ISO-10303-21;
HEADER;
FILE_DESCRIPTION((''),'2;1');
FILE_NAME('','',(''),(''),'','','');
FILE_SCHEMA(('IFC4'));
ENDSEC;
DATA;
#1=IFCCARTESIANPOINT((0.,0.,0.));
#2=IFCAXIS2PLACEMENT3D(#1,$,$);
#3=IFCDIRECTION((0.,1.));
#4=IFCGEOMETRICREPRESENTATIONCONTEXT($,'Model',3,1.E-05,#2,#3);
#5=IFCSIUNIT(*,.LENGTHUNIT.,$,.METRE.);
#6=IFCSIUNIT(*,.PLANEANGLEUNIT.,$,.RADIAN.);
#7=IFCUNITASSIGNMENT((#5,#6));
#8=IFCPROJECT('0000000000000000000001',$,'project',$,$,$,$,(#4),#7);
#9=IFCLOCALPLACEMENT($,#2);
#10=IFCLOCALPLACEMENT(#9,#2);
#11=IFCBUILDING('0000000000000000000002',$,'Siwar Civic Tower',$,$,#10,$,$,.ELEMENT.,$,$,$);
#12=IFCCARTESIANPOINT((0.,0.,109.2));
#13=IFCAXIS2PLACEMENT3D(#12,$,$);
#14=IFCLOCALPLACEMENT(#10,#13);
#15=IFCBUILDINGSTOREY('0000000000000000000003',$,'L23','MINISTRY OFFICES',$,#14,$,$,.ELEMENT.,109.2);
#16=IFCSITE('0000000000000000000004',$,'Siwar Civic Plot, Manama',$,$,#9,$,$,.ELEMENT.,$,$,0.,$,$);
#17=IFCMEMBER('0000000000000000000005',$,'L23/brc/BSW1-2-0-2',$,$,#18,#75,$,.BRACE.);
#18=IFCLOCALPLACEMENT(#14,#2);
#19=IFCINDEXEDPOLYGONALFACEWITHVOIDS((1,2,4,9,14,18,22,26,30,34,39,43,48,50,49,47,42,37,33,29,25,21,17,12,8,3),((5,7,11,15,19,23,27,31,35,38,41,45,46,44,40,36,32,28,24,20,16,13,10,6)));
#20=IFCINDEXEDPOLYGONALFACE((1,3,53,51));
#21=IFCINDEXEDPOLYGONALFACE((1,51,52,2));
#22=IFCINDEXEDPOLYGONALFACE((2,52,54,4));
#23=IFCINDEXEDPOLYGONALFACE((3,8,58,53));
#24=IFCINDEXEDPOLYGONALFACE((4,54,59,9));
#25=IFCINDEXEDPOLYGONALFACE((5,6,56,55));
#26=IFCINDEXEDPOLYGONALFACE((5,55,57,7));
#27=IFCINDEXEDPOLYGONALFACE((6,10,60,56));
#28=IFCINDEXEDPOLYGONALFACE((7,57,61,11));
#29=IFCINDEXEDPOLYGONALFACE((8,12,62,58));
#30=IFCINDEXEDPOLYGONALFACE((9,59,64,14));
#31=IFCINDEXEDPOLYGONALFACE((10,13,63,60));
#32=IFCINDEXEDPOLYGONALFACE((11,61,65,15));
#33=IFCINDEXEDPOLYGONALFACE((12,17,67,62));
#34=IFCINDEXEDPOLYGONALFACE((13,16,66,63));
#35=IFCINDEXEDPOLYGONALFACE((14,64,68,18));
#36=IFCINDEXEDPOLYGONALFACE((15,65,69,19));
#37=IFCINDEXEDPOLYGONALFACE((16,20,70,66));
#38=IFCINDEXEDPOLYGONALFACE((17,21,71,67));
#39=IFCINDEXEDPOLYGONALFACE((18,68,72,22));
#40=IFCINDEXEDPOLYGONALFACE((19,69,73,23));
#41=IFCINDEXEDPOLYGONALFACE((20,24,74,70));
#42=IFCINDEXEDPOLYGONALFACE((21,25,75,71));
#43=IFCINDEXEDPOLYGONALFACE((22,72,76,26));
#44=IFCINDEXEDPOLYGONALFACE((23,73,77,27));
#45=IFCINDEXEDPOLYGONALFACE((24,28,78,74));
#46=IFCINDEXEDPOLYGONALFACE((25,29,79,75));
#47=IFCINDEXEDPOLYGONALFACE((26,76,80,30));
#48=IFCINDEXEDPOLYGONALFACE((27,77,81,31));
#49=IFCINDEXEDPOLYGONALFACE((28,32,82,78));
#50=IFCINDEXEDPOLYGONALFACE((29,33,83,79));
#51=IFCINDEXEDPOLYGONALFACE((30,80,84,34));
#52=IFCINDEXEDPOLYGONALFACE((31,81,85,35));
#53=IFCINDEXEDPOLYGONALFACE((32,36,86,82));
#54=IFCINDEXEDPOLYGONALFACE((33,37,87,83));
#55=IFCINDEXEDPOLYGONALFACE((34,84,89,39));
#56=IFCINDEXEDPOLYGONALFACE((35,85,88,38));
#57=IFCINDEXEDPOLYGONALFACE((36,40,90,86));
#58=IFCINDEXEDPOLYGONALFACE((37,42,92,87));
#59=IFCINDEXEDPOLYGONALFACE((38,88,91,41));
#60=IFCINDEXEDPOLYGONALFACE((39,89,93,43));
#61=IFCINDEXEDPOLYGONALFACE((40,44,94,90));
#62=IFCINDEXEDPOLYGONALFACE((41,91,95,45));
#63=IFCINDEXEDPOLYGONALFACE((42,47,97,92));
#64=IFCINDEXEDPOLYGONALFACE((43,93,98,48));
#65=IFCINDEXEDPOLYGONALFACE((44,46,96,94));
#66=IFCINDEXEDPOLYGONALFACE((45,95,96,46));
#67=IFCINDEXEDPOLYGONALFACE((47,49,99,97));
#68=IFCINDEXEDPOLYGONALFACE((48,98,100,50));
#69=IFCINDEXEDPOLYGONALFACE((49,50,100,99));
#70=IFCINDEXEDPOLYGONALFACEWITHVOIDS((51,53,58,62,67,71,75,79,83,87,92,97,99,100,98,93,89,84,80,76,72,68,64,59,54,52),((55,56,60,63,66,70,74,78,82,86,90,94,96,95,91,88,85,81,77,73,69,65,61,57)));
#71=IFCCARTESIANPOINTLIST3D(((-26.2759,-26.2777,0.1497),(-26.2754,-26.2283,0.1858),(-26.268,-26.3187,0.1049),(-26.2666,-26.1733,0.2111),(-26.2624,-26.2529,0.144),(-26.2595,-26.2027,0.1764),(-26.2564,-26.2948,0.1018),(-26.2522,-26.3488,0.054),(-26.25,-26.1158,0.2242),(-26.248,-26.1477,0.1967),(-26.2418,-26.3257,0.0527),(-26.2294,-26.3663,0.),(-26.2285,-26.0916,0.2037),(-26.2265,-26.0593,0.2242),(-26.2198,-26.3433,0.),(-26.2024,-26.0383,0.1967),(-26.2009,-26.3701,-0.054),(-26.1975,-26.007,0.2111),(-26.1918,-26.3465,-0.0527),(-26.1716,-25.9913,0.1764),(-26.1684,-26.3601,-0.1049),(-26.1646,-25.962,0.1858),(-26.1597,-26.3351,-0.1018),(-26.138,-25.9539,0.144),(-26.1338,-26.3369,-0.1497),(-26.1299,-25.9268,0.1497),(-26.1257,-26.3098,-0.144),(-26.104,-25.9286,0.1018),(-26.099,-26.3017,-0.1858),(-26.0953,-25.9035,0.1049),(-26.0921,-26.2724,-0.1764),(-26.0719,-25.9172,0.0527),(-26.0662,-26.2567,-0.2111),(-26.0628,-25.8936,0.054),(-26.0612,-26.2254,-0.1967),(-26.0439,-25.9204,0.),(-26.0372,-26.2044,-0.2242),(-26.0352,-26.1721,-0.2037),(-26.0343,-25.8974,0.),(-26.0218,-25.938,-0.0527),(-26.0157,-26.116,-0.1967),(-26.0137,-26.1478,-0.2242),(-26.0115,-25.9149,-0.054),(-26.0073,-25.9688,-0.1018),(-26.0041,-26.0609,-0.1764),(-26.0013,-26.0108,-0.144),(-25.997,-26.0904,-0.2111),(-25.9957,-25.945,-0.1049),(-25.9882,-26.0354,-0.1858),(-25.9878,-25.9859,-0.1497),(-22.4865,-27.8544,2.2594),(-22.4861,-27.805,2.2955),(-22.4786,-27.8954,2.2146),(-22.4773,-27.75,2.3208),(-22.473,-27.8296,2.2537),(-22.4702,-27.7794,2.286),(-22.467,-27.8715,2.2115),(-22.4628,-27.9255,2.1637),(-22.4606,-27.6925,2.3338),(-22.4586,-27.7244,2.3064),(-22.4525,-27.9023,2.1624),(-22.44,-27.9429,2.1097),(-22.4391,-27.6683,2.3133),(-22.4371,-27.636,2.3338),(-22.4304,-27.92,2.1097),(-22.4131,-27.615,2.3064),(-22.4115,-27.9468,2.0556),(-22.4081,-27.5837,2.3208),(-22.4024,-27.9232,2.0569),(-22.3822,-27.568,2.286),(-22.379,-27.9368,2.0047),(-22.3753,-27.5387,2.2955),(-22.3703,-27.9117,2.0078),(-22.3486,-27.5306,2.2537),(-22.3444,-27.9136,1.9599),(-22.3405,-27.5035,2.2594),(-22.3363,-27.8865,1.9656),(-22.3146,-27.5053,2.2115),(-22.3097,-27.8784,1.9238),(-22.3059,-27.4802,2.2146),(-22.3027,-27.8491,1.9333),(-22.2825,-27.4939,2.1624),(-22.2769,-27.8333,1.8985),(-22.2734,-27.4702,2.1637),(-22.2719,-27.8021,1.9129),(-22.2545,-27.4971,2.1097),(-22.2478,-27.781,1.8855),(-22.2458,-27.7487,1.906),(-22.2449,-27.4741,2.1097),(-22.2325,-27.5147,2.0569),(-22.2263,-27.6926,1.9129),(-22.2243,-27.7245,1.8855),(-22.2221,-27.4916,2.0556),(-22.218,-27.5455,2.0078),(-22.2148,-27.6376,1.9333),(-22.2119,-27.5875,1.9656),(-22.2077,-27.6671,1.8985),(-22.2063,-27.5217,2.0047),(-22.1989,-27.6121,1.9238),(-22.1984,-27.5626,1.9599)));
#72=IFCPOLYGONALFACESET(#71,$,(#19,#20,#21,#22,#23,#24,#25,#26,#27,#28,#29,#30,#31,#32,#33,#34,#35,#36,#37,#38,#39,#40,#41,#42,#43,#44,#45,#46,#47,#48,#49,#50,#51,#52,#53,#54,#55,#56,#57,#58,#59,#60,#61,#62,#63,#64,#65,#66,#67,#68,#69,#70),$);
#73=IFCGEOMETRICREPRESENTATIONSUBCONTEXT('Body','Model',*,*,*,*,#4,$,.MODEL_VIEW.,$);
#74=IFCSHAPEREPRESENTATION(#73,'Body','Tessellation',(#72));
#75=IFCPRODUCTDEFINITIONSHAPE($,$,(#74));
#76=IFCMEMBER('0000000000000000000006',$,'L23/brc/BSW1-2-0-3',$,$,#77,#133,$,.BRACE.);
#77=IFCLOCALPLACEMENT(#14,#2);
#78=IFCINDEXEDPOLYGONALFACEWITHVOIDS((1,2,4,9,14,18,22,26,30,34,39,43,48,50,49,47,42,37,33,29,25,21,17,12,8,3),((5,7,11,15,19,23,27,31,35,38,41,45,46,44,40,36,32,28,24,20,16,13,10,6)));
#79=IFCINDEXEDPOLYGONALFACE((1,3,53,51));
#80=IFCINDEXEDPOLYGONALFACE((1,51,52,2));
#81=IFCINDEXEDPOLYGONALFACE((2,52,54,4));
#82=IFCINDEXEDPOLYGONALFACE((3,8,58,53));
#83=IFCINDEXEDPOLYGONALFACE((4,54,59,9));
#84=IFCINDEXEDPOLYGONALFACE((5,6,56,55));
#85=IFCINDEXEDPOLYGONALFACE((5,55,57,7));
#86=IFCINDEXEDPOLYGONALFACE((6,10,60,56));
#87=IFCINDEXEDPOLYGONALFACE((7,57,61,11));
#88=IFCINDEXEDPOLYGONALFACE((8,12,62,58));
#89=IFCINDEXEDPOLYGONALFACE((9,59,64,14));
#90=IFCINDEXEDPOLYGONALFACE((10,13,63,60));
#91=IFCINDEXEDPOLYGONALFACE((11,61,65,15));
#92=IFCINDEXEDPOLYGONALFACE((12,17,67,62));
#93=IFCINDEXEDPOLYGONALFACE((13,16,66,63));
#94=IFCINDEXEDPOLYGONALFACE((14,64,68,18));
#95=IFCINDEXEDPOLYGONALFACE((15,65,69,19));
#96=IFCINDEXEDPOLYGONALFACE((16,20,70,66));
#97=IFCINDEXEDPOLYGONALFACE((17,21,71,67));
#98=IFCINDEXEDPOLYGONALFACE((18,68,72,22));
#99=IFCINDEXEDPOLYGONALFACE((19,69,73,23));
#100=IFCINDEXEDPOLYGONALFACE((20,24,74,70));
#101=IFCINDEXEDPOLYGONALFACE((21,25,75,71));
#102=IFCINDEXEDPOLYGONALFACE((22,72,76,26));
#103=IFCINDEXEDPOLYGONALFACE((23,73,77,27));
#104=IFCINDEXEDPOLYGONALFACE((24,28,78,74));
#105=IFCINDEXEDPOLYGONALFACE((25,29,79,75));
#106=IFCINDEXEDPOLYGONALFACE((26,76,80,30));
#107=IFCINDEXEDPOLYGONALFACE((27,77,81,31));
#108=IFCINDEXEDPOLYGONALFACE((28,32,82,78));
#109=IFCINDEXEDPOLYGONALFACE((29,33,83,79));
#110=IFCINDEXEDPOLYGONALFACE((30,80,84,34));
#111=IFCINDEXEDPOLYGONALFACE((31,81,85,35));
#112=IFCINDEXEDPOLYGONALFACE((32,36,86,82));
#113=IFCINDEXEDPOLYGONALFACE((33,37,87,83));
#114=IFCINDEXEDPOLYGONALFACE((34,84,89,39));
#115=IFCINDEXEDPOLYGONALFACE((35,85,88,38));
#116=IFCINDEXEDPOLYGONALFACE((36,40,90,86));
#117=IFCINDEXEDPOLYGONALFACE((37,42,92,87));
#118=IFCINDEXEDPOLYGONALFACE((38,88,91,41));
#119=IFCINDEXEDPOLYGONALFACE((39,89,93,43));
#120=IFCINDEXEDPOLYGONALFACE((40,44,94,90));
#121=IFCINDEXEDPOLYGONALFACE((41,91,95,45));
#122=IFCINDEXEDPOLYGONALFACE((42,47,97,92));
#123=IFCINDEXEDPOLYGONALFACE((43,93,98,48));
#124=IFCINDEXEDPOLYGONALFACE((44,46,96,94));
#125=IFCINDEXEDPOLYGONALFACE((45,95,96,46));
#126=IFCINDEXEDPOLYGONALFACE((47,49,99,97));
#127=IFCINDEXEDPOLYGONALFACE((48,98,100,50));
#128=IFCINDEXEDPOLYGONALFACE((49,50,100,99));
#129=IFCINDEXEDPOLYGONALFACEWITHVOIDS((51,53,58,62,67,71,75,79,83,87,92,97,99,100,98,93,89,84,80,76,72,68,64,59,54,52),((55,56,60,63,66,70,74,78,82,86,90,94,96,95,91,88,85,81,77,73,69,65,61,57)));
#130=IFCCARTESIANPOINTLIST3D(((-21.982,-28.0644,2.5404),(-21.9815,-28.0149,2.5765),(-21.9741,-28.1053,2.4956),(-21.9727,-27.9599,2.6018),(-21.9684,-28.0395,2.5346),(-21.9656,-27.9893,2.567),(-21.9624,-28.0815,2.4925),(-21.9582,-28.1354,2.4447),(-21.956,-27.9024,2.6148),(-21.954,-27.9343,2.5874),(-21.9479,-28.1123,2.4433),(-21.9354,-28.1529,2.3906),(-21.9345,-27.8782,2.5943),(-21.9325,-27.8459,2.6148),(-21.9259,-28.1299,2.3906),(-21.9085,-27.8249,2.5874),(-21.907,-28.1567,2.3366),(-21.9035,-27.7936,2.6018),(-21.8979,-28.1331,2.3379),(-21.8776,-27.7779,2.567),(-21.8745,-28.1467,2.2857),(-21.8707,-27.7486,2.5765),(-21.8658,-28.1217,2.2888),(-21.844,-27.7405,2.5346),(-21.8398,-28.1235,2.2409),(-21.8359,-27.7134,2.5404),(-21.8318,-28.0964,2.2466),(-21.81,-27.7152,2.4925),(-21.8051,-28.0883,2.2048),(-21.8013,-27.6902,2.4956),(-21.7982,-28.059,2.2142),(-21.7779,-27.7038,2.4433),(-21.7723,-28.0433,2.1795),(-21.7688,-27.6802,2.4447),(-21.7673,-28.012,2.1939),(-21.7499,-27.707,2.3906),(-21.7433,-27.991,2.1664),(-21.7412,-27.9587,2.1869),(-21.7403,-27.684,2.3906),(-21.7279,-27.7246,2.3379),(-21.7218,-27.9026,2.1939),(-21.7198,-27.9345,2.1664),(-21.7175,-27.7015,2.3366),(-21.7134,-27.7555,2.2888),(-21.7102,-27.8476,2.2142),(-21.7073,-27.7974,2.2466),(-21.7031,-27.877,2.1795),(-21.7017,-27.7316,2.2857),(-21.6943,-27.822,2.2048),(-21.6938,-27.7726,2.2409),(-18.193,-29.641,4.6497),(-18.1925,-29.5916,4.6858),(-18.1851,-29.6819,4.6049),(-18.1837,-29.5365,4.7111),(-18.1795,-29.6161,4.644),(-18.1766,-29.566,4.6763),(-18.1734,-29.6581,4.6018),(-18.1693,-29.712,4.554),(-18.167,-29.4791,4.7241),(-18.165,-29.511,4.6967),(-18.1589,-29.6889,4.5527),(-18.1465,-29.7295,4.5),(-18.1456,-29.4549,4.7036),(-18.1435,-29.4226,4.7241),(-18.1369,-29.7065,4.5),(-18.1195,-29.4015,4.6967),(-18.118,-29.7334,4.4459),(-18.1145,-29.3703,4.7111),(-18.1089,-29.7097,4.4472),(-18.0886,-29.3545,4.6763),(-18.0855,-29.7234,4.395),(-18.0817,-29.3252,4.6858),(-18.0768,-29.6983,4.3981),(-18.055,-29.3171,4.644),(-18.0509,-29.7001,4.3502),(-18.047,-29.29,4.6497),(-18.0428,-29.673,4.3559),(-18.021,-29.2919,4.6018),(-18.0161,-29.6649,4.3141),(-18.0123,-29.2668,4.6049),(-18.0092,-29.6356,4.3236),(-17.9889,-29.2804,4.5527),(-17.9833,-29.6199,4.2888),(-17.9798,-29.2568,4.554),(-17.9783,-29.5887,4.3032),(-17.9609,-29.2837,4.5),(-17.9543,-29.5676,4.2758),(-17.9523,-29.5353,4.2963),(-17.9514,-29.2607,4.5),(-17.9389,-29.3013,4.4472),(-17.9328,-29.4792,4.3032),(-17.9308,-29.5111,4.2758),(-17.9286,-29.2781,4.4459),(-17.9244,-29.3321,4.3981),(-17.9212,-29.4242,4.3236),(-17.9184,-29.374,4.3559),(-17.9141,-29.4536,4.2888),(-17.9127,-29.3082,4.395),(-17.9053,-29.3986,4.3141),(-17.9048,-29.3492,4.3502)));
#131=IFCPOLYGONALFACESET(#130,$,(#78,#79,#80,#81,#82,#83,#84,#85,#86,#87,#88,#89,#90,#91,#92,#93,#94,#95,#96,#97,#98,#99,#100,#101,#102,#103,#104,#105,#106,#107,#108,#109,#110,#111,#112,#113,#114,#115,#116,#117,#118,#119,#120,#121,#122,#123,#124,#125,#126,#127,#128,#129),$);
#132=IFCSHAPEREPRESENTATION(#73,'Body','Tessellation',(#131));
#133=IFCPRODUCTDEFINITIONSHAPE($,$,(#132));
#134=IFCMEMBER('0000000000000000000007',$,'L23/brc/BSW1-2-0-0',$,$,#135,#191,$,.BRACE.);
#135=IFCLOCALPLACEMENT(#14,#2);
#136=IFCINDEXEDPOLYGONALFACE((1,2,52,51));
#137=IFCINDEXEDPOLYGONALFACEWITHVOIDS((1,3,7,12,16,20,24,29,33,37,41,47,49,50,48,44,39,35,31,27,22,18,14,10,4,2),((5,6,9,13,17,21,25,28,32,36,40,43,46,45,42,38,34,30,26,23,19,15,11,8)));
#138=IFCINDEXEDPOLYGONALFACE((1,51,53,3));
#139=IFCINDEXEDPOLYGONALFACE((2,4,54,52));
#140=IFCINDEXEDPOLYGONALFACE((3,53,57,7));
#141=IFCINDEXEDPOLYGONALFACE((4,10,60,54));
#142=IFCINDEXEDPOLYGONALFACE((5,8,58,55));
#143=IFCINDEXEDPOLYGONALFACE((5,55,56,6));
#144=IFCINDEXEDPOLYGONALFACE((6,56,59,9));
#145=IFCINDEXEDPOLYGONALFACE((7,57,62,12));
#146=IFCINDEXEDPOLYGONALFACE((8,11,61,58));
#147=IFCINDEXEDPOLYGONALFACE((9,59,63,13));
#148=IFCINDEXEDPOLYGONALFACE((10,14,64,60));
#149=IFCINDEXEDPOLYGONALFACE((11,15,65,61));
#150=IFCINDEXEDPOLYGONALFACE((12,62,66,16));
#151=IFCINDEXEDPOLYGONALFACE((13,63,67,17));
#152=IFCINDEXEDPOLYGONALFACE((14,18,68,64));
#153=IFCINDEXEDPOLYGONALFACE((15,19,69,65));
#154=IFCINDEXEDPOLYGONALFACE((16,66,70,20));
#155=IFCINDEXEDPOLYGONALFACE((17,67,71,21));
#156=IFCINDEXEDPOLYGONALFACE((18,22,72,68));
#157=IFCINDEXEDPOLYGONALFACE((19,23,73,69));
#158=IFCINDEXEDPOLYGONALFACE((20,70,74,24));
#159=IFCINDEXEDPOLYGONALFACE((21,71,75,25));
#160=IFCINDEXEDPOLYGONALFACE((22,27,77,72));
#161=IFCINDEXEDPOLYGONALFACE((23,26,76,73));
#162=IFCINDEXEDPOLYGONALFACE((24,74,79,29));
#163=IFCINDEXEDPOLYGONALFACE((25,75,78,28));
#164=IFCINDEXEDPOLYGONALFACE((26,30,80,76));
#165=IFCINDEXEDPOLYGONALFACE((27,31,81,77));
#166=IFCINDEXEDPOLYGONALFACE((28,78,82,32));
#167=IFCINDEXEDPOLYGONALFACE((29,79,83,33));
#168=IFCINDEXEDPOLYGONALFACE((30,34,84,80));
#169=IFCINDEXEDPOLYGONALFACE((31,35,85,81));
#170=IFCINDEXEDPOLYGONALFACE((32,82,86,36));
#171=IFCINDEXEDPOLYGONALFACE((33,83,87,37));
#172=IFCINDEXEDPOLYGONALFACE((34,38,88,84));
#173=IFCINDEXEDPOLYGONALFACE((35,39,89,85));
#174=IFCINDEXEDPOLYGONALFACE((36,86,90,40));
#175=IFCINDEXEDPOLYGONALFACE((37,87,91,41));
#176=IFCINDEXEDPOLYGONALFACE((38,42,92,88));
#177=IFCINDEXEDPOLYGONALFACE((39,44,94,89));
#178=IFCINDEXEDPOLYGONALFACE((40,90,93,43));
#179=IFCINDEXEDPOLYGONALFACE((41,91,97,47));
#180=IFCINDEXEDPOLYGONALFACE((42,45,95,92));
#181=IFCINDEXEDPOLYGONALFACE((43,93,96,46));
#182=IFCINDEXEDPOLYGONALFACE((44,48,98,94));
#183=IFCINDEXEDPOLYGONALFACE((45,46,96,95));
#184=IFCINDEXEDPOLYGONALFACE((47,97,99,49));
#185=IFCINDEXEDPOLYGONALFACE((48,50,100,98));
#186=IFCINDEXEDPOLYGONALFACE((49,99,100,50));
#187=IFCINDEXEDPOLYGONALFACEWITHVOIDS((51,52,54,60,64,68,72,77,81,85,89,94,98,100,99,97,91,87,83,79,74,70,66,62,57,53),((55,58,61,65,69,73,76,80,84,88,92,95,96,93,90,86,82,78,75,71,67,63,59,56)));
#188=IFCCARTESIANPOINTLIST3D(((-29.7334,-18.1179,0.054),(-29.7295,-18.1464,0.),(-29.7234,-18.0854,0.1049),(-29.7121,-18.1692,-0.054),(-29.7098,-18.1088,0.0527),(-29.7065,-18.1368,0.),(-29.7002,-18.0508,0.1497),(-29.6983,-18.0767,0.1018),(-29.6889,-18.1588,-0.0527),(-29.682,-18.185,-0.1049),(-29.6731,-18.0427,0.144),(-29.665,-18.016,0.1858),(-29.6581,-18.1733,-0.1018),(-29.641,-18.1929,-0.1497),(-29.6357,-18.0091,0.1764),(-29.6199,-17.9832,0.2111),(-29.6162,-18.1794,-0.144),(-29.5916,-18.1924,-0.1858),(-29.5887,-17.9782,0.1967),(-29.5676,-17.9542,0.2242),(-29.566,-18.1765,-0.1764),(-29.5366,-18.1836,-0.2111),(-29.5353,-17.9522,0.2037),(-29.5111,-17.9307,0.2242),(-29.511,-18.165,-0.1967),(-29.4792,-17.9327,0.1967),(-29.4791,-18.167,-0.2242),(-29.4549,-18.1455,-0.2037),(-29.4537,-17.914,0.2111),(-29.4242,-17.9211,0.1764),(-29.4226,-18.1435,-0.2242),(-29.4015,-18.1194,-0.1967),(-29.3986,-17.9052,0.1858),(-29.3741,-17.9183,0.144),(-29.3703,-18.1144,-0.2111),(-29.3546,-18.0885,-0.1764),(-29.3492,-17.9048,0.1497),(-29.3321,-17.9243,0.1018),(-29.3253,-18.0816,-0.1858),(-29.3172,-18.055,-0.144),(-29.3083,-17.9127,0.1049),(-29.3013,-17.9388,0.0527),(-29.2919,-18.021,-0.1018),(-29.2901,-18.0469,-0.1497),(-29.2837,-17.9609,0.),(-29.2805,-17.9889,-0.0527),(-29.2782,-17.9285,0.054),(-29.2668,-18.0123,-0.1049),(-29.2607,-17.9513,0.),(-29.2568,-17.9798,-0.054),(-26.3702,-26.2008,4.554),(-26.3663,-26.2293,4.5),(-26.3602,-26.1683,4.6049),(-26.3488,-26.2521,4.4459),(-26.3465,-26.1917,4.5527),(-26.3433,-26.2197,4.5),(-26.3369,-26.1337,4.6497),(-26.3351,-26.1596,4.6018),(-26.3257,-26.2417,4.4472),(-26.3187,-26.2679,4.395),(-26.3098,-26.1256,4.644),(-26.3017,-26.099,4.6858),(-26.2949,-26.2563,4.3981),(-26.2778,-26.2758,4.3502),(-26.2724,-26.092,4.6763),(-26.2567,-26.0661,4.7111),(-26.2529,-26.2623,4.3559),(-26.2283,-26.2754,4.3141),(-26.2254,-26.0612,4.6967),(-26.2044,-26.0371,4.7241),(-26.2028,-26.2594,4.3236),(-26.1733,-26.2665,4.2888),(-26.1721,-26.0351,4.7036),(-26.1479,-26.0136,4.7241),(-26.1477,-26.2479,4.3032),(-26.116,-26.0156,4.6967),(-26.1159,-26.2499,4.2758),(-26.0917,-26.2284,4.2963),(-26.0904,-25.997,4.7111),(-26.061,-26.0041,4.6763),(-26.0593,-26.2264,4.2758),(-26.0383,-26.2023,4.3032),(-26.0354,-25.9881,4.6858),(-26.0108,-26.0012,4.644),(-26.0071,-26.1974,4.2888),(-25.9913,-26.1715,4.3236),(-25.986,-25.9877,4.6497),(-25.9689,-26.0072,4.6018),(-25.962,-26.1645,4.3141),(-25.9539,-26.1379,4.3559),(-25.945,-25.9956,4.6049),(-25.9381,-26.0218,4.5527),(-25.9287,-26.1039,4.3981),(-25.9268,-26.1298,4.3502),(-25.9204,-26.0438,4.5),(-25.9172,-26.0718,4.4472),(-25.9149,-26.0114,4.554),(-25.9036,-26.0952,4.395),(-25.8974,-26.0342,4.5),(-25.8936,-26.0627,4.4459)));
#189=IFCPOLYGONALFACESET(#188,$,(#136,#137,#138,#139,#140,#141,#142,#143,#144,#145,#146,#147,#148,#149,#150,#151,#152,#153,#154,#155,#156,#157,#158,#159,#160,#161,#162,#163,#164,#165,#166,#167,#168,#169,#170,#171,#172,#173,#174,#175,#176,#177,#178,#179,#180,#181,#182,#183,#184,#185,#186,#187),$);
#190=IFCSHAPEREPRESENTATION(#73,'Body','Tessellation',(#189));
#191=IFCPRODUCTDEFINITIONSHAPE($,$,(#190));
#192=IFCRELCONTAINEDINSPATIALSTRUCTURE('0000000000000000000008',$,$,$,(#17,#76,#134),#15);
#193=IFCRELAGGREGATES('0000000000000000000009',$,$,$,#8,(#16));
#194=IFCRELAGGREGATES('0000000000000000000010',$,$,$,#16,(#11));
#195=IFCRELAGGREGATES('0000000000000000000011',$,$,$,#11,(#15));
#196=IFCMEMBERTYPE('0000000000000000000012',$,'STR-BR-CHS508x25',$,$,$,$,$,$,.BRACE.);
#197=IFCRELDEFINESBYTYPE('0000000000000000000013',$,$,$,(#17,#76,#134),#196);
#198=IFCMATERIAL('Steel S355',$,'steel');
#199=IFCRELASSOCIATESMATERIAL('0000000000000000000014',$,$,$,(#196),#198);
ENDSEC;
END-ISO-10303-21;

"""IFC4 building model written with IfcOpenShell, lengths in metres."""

from ifc_helpers import new_model, si_unit, direction, frame, origin, origin_2d, place, context, subcontext, project, spatial, hollow_circle, extrude, material, material_profile, profile_set, type_object, element, save


model = new_model("IFC4")

# Units and contexts
model_context = context("Model", 3, precision=1e-05, world=origin(), true_north=direction((0.0, 1.0)))
body_context = subcontext(model_context, "Body", "Model", "MODEL_VIEW")
ifc_project = project(units=[si_unit("LENGTHUNIT", "METRE"), si_unit("PLANEANGLEUNIT", "RADIAN")], contexts=[model_context])

# Site, building, storey
site_placement = place(None, origin())
site = spatial("IfcSite", under=ifc_project, at=site_placement, Name="Siwar Civic Plot, Manama", CompositionType="ELEMENT", RefElevation=0.0)
building_placement = place(site_placement, origin())
building = spatial("IfcBuilding", under=site, at=building_placement, Name="Siwar Civic Tower", CompositionType="ELEMENT")
storey_placement = place(building_placement, frame((0.0, 0.0, 109.2)))
storey = spatial("IfcBuildingStorey", under=building, at=storey_placement, Name="L23", Description="MINISTRY OFFICES", CompositionType="ELEMENT", Elevation=109.2)

# Members
ifc_material_1 = material(Name="Steel S355", Category="steel")
ifc_material_profile_1 = material_profile(ifc_material_1, hollow_circle(Radius=0.2539, WallThickness=0.0249, at=origin_2d()), Name="CHS508x25")
ifc_profile_set_1 = profile_set([ifc_material_profile_1], Name="Steel S355")
member_type_1 = type_object("IfcMemberType", Name="STR-BR-CHS508x25", PredefinedType="BRACE", material=ifc_profile_set_1)
member_1_placement = place(storey_placement, frame((-26.1318, -26.1318, 0.0), z_axis=(0.821143, -0.341662, 0.457155), x_axis=(0.384155, 0.923269, 0.0)))
element("IfcMember", 1, at=member_1_placement, inside=storey, type_object=member_type_1, Name="L23/brc/BSW1-2-0-2", PredefinedType="BRACE", context=body_context, shape_type="SweptSolid", body=[
    extrude(hollow_circle(Radius=0.2539, WallThickness=0.0249, at=origin_2d()), origin(), (0.0, 0.0, 1.0), 4.6147),
])
member_2_placement = place(storey_placement, frame((-21.8379, -27.9185, 2.3906), z_axis=(0.821146, -0.341686, 0.457133), x_axis=(0.384176, 0.92326, 0.0)))
element("IfcMember", 2, at=member_2_placement, inside=storey, type_object=member_type_1, Name="L23/brc/BSW1-2-0-3", PredefinedType="BRACE", context=body_context, shape_type="SweptSolid", body=[
    extrude(hollow_circle(Radius=0.2539, WallThickness=0.0249, at=origin_2d()), origin(), (0.0, 0.0, 1.0), 4.6143),
])
member_3_placement = place(storey_placement, frame((-29.4951, -18.0488, 0.0), z_axis=(0.341671, -0.821143, 0.457149), x_axis=(0.923265, 0.384164, 0.0)))
element("IfcMember", 3, at=member_3_placement, inside=storey, type_object=member_type_1, Name="L23/brc/BSW1-2-0-0", PredefinedType="BRACE", context=body_context, shape_type="SweptSolid", body=[
    extrude(hollow_circle(Radius=0.2539, WallThickness=0.0249, at=origin_2d()), origin(), (0.0, 0.0, 1.0), 9.8435),
])

save(model, "model.ifc")
